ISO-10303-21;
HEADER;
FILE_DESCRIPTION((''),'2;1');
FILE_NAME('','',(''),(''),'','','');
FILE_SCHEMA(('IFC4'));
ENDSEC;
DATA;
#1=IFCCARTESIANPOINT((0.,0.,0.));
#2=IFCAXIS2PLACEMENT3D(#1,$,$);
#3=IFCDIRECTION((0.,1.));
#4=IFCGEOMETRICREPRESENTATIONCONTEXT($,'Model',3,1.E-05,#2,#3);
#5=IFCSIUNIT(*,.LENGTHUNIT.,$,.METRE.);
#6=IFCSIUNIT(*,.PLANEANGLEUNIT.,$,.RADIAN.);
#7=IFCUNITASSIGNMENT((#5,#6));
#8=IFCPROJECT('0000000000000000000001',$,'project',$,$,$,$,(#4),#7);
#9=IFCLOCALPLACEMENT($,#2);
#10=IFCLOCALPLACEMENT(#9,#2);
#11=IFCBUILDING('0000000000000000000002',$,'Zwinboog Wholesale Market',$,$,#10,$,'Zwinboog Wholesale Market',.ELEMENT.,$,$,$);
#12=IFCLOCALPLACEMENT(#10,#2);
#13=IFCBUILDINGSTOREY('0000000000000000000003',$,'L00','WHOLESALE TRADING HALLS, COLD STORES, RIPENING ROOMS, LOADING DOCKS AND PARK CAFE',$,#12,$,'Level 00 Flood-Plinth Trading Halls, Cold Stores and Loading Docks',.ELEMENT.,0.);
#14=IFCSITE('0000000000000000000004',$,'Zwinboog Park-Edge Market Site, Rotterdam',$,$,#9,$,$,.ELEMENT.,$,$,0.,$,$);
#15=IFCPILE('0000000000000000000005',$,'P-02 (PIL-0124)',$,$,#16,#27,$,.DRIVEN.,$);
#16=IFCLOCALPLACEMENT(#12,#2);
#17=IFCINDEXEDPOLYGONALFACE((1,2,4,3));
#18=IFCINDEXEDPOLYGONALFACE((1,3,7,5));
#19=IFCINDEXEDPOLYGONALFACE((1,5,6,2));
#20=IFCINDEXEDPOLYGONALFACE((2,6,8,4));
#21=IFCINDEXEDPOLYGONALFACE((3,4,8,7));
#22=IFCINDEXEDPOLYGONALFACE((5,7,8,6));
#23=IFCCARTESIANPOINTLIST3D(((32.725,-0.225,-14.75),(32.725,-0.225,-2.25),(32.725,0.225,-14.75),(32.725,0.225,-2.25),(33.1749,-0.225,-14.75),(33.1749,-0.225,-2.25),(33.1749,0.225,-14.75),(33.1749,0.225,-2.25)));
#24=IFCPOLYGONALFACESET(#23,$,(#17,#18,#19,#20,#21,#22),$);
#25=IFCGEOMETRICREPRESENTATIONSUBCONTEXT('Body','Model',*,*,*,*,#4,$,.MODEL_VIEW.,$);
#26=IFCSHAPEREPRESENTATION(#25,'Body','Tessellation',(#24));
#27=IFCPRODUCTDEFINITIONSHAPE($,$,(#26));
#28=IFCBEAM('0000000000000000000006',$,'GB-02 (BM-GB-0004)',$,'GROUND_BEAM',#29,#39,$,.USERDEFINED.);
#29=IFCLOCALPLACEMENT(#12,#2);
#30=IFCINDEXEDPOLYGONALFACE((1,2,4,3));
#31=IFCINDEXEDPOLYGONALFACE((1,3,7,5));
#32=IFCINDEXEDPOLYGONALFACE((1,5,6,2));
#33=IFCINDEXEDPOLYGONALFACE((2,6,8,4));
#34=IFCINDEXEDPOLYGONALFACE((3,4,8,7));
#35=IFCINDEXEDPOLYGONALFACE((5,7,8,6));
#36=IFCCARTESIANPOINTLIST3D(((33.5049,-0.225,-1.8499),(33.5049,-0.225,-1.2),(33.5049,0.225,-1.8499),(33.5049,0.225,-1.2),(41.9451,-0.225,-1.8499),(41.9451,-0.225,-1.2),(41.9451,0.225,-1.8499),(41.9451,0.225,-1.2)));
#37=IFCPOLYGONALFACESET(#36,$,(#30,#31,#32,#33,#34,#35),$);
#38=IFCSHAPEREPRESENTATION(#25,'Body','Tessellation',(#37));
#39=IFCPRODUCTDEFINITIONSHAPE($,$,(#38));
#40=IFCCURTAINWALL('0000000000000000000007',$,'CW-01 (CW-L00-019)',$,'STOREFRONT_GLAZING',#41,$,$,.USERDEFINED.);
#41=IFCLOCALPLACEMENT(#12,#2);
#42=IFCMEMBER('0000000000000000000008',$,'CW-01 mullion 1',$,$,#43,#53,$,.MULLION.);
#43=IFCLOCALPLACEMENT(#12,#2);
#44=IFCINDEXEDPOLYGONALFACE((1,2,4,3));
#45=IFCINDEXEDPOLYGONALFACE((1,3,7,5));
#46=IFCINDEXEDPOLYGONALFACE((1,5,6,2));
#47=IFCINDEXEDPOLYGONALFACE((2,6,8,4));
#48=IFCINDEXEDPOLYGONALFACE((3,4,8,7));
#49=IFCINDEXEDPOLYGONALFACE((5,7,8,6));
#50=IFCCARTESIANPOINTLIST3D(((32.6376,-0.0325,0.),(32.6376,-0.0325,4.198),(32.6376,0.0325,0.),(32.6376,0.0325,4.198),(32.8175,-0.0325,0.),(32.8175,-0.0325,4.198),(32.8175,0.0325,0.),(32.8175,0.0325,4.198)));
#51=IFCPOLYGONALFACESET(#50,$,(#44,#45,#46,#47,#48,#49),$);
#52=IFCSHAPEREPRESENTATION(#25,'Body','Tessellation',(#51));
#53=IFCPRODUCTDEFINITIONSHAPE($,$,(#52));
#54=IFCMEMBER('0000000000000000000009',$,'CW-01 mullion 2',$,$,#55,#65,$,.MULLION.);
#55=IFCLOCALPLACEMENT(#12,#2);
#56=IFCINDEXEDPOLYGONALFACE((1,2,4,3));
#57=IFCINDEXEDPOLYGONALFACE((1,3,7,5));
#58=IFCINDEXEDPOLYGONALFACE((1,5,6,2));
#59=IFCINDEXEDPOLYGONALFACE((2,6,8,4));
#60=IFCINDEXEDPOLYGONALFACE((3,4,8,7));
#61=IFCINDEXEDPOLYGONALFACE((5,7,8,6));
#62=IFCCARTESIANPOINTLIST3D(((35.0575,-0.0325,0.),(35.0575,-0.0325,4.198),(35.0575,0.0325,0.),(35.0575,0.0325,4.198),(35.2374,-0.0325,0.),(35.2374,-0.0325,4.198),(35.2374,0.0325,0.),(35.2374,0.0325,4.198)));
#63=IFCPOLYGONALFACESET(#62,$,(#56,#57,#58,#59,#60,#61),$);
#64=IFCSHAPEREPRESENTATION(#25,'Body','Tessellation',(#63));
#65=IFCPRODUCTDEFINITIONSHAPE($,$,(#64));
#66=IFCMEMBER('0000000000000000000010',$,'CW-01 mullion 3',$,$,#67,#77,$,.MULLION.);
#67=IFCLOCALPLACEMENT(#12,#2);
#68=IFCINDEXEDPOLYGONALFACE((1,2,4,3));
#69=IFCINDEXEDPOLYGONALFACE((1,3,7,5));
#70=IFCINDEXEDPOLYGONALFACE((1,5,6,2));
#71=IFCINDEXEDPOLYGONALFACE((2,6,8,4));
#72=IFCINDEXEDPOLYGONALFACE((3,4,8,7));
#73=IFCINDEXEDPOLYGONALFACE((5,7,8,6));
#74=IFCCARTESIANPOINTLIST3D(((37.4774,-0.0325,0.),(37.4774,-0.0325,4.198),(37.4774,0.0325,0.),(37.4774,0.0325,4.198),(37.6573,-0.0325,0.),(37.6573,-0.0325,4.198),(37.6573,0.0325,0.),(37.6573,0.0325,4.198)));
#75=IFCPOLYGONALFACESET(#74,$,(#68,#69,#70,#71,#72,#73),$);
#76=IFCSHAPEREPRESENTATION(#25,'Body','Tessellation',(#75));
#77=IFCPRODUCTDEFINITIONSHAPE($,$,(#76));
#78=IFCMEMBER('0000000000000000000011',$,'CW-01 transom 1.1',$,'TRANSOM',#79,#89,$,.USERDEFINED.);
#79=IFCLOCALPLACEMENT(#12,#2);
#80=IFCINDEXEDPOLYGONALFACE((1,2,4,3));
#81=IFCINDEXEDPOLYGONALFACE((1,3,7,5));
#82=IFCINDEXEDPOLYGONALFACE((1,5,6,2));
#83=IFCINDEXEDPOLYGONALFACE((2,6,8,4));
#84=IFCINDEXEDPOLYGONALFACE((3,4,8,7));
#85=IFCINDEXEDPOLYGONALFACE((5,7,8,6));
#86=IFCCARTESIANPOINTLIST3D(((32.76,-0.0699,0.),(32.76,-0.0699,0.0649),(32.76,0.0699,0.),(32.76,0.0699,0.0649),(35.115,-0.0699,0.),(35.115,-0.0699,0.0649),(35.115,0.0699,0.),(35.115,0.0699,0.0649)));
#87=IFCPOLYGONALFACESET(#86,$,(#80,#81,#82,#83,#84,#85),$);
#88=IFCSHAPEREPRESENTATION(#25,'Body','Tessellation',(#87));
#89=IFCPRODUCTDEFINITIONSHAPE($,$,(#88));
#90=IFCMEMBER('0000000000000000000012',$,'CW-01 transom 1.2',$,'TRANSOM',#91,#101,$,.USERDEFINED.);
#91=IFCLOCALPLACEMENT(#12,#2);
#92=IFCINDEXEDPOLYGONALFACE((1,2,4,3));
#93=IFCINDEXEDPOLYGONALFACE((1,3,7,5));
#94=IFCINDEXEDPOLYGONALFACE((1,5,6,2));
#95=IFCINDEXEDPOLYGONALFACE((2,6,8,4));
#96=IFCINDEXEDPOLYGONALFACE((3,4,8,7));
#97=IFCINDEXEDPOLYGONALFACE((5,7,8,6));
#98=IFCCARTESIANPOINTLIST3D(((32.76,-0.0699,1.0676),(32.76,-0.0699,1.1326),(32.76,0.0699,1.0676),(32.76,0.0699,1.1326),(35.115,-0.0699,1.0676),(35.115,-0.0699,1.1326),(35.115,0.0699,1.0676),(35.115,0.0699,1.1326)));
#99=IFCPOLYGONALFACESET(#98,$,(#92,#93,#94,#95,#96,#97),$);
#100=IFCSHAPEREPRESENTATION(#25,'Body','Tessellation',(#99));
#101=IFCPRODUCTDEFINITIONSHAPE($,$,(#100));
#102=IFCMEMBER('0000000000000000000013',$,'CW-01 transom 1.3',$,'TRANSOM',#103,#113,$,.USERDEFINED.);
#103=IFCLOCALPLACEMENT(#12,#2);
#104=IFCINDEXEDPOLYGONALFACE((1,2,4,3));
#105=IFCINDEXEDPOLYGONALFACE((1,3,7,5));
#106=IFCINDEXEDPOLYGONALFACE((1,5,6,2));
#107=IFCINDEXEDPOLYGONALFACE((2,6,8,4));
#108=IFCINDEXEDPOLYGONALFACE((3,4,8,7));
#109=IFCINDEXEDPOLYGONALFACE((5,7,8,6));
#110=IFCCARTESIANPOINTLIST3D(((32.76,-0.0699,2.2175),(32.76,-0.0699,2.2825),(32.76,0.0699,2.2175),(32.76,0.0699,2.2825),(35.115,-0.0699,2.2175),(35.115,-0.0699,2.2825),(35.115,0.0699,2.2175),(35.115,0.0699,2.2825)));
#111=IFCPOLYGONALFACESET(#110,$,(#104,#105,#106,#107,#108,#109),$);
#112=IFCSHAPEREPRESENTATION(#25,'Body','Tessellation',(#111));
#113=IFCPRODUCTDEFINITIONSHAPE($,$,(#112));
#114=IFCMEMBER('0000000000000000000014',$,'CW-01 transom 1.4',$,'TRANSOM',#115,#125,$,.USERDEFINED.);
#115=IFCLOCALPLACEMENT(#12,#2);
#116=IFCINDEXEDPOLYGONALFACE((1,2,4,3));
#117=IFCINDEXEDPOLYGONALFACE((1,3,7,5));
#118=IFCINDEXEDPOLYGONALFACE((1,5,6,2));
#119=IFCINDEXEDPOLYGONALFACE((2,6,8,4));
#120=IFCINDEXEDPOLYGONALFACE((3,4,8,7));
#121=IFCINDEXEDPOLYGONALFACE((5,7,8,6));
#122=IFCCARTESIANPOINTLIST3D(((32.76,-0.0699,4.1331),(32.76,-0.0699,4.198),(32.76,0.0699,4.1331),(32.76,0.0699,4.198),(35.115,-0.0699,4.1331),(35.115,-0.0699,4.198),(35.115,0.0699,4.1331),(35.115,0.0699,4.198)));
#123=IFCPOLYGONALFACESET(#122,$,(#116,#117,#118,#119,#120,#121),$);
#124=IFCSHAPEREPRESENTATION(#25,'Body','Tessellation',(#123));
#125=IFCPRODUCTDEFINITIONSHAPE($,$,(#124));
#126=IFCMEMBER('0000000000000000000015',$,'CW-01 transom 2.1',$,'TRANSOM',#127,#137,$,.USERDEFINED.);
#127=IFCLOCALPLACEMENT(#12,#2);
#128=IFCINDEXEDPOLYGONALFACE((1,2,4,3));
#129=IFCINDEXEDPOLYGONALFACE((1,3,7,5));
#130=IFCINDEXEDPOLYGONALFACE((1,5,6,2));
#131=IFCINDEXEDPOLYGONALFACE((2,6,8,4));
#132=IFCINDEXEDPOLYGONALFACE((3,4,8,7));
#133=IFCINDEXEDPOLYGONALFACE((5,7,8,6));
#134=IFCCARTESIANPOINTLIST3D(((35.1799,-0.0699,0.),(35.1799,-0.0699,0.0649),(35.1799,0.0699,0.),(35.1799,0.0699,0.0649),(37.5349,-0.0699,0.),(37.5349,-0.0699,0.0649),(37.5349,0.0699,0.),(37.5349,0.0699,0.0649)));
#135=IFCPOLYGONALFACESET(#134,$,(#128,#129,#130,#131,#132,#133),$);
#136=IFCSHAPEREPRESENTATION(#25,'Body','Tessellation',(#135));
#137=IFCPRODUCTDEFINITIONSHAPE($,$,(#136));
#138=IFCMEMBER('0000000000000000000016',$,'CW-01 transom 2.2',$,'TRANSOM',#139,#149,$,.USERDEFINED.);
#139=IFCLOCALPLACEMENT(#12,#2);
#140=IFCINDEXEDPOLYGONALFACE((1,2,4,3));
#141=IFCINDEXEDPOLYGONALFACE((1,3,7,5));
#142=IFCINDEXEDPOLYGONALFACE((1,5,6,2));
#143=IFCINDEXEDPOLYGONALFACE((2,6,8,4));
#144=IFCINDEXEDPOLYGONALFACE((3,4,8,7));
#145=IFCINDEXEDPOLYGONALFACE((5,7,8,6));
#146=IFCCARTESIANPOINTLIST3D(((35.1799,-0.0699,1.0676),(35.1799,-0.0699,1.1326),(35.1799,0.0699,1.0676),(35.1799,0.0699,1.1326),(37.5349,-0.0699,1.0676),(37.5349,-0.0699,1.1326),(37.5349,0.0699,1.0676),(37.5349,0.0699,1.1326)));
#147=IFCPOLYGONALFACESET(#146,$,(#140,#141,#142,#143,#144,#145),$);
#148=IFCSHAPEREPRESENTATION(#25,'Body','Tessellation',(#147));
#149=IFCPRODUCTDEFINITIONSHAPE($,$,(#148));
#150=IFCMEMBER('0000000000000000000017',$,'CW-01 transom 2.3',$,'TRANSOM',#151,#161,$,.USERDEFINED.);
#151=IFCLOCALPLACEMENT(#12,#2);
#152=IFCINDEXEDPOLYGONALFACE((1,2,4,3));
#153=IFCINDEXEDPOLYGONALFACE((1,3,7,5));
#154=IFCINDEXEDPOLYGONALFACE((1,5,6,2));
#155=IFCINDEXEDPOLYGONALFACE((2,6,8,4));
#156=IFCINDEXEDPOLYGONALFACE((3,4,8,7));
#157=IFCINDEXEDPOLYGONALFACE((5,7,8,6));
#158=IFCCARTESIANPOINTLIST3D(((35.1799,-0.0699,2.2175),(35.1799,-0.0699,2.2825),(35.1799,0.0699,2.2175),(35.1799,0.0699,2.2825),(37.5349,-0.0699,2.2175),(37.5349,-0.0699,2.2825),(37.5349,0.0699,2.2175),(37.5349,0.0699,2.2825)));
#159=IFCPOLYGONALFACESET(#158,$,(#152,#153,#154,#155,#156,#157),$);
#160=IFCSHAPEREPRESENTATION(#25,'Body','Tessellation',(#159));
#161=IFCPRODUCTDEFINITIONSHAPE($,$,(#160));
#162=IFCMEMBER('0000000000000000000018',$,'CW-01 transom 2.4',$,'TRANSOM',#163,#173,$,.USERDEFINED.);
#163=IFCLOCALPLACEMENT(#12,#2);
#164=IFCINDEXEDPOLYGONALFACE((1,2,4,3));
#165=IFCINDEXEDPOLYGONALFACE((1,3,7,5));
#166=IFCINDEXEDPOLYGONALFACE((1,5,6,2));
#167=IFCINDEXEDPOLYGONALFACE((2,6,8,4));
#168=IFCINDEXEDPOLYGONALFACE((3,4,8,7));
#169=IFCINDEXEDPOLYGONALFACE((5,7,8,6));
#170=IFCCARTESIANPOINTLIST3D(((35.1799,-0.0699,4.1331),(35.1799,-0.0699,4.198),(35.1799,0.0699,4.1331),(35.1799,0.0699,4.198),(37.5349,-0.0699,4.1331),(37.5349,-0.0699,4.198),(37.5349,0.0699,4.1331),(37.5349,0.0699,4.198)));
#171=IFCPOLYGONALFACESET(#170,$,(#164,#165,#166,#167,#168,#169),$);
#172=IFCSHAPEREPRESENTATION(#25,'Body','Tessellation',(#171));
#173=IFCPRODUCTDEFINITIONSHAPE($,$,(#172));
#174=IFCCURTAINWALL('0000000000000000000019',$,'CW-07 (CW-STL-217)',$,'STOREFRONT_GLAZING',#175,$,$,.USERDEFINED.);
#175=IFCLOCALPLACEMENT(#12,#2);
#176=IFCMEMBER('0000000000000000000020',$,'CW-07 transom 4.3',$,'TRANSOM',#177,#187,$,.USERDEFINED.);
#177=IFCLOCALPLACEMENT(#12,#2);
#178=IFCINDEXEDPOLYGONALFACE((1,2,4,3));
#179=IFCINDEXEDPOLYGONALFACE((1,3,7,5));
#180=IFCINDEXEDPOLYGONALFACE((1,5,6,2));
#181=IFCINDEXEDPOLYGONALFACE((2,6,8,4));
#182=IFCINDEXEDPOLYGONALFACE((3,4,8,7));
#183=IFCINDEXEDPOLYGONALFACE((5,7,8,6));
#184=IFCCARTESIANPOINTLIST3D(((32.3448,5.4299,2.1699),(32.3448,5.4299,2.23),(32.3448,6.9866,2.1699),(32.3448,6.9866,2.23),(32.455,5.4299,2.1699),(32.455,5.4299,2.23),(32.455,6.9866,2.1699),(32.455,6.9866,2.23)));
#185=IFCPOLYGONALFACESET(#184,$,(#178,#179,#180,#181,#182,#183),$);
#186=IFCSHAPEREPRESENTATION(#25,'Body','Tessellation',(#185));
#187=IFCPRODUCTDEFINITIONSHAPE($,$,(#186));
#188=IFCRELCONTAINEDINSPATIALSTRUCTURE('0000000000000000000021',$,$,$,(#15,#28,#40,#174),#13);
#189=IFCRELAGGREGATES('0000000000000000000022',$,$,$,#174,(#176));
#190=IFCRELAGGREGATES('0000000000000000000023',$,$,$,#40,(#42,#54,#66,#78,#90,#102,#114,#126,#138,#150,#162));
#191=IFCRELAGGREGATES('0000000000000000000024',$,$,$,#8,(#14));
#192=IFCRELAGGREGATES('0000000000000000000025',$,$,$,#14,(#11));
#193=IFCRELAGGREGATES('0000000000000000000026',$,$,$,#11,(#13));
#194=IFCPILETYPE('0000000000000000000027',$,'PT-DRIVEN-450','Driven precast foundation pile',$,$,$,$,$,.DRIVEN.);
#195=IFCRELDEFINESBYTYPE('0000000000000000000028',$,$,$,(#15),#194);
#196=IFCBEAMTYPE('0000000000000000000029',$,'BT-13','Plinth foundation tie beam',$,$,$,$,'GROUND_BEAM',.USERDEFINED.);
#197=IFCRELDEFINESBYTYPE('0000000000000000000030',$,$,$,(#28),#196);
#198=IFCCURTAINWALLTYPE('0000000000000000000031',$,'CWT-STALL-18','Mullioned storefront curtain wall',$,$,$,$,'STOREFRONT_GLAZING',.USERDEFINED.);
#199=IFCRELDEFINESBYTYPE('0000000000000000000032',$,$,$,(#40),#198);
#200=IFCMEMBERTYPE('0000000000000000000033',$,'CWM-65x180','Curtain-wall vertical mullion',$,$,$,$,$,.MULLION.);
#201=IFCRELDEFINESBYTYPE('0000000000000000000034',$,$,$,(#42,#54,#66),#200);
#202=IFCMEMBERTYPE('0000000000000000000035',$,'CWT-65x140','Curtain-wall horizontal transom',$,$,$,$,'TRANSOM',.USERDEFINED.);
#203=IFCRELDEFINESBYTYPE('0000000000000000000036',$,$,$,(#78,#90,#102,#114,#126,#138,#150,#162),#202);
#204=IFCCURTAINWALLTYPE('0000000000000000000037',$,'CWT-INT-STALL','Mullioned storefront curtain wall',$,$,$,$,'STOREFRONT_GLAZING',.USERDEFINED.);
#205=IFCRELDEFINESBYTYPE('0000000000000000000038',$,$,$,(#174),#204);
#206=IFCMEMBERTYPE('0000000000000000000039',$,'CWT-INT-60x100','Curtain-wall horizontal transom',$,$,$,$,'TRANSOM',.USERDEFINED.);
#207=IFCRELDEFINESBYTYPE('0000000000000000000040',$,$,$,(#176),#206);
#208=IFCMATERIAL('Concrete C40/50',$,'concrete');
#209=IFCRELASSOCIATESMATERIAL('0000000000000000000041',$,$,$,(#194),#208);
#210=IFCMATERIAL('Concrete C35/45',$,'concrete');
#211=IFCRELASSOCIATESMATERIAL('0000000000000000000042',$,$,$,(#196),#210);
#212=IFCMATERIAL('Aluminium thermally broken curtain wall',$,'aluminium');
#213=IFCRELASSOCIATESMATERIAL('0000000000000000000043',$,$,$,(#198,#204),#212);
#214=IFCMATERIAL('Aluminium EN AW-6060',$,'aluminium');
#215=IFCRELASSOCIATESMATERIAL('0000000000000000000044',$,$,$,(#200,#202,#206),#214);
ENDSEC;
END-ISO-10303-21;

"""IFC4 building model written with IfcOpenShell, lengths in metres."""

from ifc_helpers import new_model, si_unit, direction, frame, origin, origin_2d, place, context, subcontext, project, spatial, rectangle, extrude, material, material_profile, profile_set, type_object, element, aggregate, save


model = new_model("IFC4")

# Units and contexts
model_context = context("Model", 3, precision=1e-05, world=origin(), true_north=direction((0.0, 1.0)))
body_context = subcontext(model_context, "Body", "Model", "MODEL_VIEW")
ifc_project = project(units=[si_unit("LENGTHUNIT", "METRE"), si_unit("PLANEANGLEUNIT", "RADIAN")], contexts=[model_context])

# Site, building, storey
site_placement = place(None, origin())
site = spatial("IfcSite", under=ifc_project, at=site_placement, Name="Zwinboog Park-Edge Market Site, Rotterdam", CompositionType="ELEMENT", RefElevation=0.0)
building_placement = place(site_placement, origin())
building = spatial("IfcBuilding", under=site, at=building_placement, Name="Zwinboog Wholesale Market", LongName="Zwinboog Wholesale Market", CompositionType="ELEMENT")
storey_placement = place(building_placement, origin())
storey = spatial("IfcBuildingStorey", under=building, at=storey_placement, Name="L00", Description="WHOLESALE TRADING HALLS, COLD STORES, RIPENING ROOMS, LOADING DOCKS AND PARK CAFE", LongName="Level 00 Flood-Plinth Trading Halls, Cold Stores and Loading Docks", CompositionType="ELEMENT", Elevation=0.0)

# Pile
ifc_material_1 = material(Name="Concrete C40/50", Category="concrete")
ifc_material_profile_1 = material_profile(ifc_material_1, rectangle(XDim=0.45, YDim=0.45, at=origin_2d()), Name="PILE SQ450")
ifc_profile_set_1 = profile_set([ifc_material_profile_1], Name="Concrete C40/50")
pile_type = type_object("IfcPileType", Name="PT-DRIVEN-450", Description="Driven precast foundation pile", PredefinedType="DRIVEN", material=ifc_profile_set_1)
pile_placement = place(storey_placement, frame((32.95, 0.0, -2.25), z_axis=(0.0, 0.0, -1.0), x_axis=(1.0, 0.0, 0.0)))
element("IfcPile", 1, at=pile_placement, inside=storey, type_object=pile_type, Name="P-02 (PIL-0124)", PredefinedType="DRIVEN", context=body_context, shape_type="SweptSolid", body=[
    extrude(rectangle(XDim=0.45, YDim=0.45, at=origin_2d()), origin(), (0.0, 0.0, 1.0), 12.5),
])

# Beam
ifc_material_2 = material(Name="Concrete C35/45", Category="concrete")
ifc_material_profile_2 = material_profile(ifc_material_2, rectangle(XDim=0.45, YDim=0.6499, at=origin_2d()), Name="RC 450x650")
ifc_profile_set_2 = profile_set([ifc_material_profile_2], Name="Concrete C35/45")
beam_type = type_object("IfcBeamType", Name="BT-13", Description="Plinth foundation tie beam", ElementType="GROUND_BEAM", PredefinedType="USERDEFINED", material=ifc_profile_set_2)
beam_placement = place(storey_placement, frame((33.5049, 0.0, -1.5249), z_axis=(1.0, 0.0, 0.0), x_axis=(0.0, 1.0, 0.0)))
element("IfcBeam", 2, at=beam_placement, inside=storey, type_object=beam_type, Name="GB-02 (BM-GB-0004)", ObjectType="GROUND_BEAM", PredefinedType="USERDEFINED", context=body_context, shape_type="SweptSolid", body=[
    extrude(rectangle(XDim=0.45, YDim=0.6499, at=origin_2d()), origin(), (0.0, 0.0, 1.0), 8.4402),
])

# Curtain walls, members
ifc_material_3 = material(Name="Aluminium thermally broken curtain wall", Category="aluminium")
curtain_wall_type_1 = type_object("IfcCurtainWallType", Name="CWT-STALL-18", Description="Mullioned storefront curtain wall", ElementType="STOREFRONT_GLAZING", PredefinedType="USERDEFINED", material=ifc_material_3)
curtain_wall_1_placement = place(storey_placement, origin())
curtain_wall_1 = element("IfcCurtainWall", 3, at=curtain_wall_1_placement, inside=storey, type_object=curtain_wall_type_1, Name="CW-01 (CW-L00-019)", ObjectType="STOREFRONT_GLAZING", PredefinedType="USERDEFINED")
ifc_material_4 = material(Name="Aluminium EN AW-6060", Category="aluminium")
ifc_material_profile_3 = material_profile(ifc_material_4, rectangle(XDim=0.0649, YDim=0.1799, at=origin_2d()), Name="AL 65x180")
ifc_profile_set_3 = profile_set([ifc_material_profile_3], Name="Aluminium EN AW-6060")
member_type_1 = type_object("IfcMemberType", Name="CWM-65x180", Description="Curtain-wall vertical mullion", PredefinedType="MULLION", material=ifc_profile_set_3)
member_1_placement = place(storey_placement, frame((32.7275, 0.0, 0.0), z_axis=(0.0, 0.0, 1.0), x_axis=(0.0, 1.0, 0.0)))
member_1 = element("IfcMember", 4, at=member_1_placement, type_object=member_type_1, Name="CW-01 mullion 1", PredefinedType="MULLION", context=body_context, shape_type="SweptSolid", body=[
    extrude(rectangle(XDim=0.0649, YDim=0.1799, at=origin_2d()), origin(), (0.0, 0.0, 1.0), 4.198),
])
member_2_placement = place(storey_placement, frame((35.1475, 0.0, 0.0), z_axis=(0.0, 0.0, 1.0), x_axis=(0.0, 1.0, 0.0)))
member_2 = element("IfcMember", 5, at=member_2_placement, type_object=member_type_1, Name="CW-01 mullion 2", PredefinedType="MULLION", context=body_context, shape_type="SweptSolid", body=[
    extrude(rectangle(XDim=0.0649, YDim=0.1799, at=origin_2d()), origin(), (0.0, 0.0, 1.0), 4.198),
])
member_3_placement = place(storey_placement, frame((37.5674, 0.0, 0.0), z_axis=(0.0, 0.0, 1.0), x_axis=(0.0, 1.0, 0.0)))
member_3 = element("IfcMember", 6, at=member_3_placement, type_object=member_type_1, Name="CW-01 mullion 3", PredefinedType="MULLION", context=body_context, shape_type="SweptSolid", body=[
    extrude(rectangle(XDim=0.0649, YDim=0.1799, at=origin_2d()), origin(), (0.0, 0.0, 1.0), 4.198),
])
ifc_material_profile_4 = material_profile(ifc_material_4, rectangle(XDim=0.1399, YDim=0.0649, at=origin_2d()), Name="AL 65x140")
ifc_profile_set_4 = profile_set([ifc_material_profile_4], Name="Aluminium EN AW-6060")
member_type_2 = type_object("IfcMemberType", Name="CWT-65x140", Description="Curtain-wall horizontal transom", ElementType="TRANSOM", PredefinedType="USERDEFINED", material=ifc_profile_set_4)
member_4_placement = place(storey_placement, frame((32.76, 0.0, 0.0325), z_axis=(1.0, 0.0, 0.0), x_axis=(0.0, 1.0, 0.0)))
member_4 = element("IfcMember", 7, at=member_4_placement, type_object=member_type_2, Name="CW-01 transom 1.1", ObjectType="TRANSOM", PredefinedType="USERDEFINED", context=body_context, shape_type="SweptSolid", body=[
    extrude(rectangle(XDim=0.1399, YDim=0.0649, at=origin_2d()), origin(), (0.0, 0.0, 1.0), 2.355),
])
member_5_placement = place(storey_placement, frame((32.76, 0.0, 1.1001), z_axis=(1.0, 0.0, 0.0), x_axis=(0.0, 1.0, 0.0)))
member_5 = element("IfcMember", 8, at=member_5_placement, type_object=member_type_2, Name="CW-01 transom 1.2", ObjectType="TRANSOM", PredefinedType="USERDEFINED", context=body_context, shape_type="SweptSolid", body=[
    extrude(rectangle(XDim=0.1399, YDim=0.0649, at=origin_2d()), origin(), (0.0, 0.0, 1.0), 2.355),
])
member_6_placement = place(storey_placement, frame((32.76, 0.0, 2.25), z_axis=(1.0, 0.0, 0.0), x_axis=(0.0, 1.0, 0.0)))
member_6 = element("IfcMember", 9, at=member_6_placement, type_object=member_type_2, Name="CW-01 transom 1.3", ObjectType="TRANSOM", PredefinedType="USERDEFINED", context=body_context, shape_type="SweptSolid", body=[
    extrude(rectangle(XDim=0.1399, YDim=0.0649, at=origin_2d()), origin(), (0.0, 0.0, 1.0), 2.355),
])
member_7_placement = place(storey_placement, frame((32.76, 0.0, 4.1655), z_axis=(1.0, 0.0, 0.0), x_axis=(0.0, 1.0, 0.0)))
member_7 = element("IfcMember", 10, at=member_7_placement, type_object=member_type_2, Name="CW-01 transom 1.4", ObjectType="TRANSOM", PredefinedType="USERDEFINED", context=body_context, shape_type="SweptSolid", body=[
    extrude(rectangle(XDim=0.1399, YDim=0.0649, at=origin_2d()), origin(), (0.0, 0.0, 1.0), 2.355),
])
member_8_placement = place(storey_placement, frame((35.1799, 0.0, 0.0325), z_axis=(1.0, 0.0, 0.0), x_axis=(0.0, 1.0, 0.0)))
member_8 = element("IfcMember", 11, at=member_8_placement, type_object=member_type_2, Name="CW-01 transom 2.1", ObjectType="TRANSOM", PredefinedType="USERDEFINED", context=body_context, shape_type="SweptSolid", body=[
    extrude(rectangle(XDim=0.1399, YDim=0.0649, at=origin_2d()), origin(), (0.0, 0.0, 1.0), 2.355),
])
member_9_placement = place(storey_placement, frame((35.1799, 0.0, 1.1001), z_axis=(1.0, 0.0, 0.0), x_axis=(0.0, 1.0, 0.0)))
member_9 = element("IfcMember", 12, at=member_9_placement, type_object=member_type_2, Name="CW-01 transom 2.2", ObjectType="TRANSOM", PredefinedType="USERDEFINED", context=body_context, shape_type="SweptSolid", body=[
    extrude(rectangle(XDim=0.1399, YDim=0.0649, at=origin_2d()), origin(), (0.0, 0.0, 1.0), 2.355),
])
member_10_placement = place(storey_placement, frame((35.1799, 0.0, 2.25), z_axis=(1.0, 0.0, 0.0), x_axis=(0.0, 1.0, 0.0)))
member_10 = element("IfcMember", 13, at=member_10_placement, type_object=member_type_2, Name="CW-01 transom 2.3", ObjectType="TRANSOM", PredefinedType="USERDEFINED", context=body_context, shape_type="SweptSolid", body=[
    extrude(rectangle(XDim=0.1399, YDim=0.0649, at=origin_2d()), origin(), (0.0, 0.0, 1.0), 2.355),
])
member_11_placement = place(storey_placement, frame((35.1799, 0.0, 4.1655), z_axis=(1.0, 0.0, 0.0), x_axis=(0.0, 1.0, 0.0)))
member_11 = element("IfcMember", 14, at=member_11_placement, type_object=member_type_2, Name="CW-01 transom 2.4", ObjectType="TRANSOM", PredefinedType="USERDEFINED", context=body_context, shape_type="SweptSolid", body=[
    extrude(rectangle(XDim=0.1399, YDim=0.0649, at=origin_2d()), origin(), (0.0, 0.0, 1.0), 2.355),
])
curtain_wall_type_2 = type_object("IfcCurtainWallType", Name="CWT-INT-STALL", Description="Mullioned storefront curtain wall", ElementType="STOREFRONT_GLAZING", PredefinedType="USERDEFINED", material=ifc_material_3)
curtain_wall_2_placement = place(storey_placement, origin())
curtain_wall_2 = element("IfcCurtainWall", 15, at=curtain_wall_2_placement, inside=storey, type_object=curtain_wall_type_2, Name="CW-07 (CW-STL-217)", ObjectType="STOREFRONT_GLAZING", PredefinedType="USERDEFINED")
ifc_material_profile_5 = material_profile(ifc_material_4, rectangle(XDim=0.1101, YDim=0.0601, at=origin_2d()), Name="AL 60x110")
ifc_profile_set_5 = profile_set([ifc_material_profile_5], Name="Aluminium EN AW-6060")
member_type_3 = type_object("IfcMemberType", Name="CWT-INT-60x100", Description="Curtain-wall horizontal transom", ElementType="TRANSOM", PredefinedType="USERDEFINED", material=ifc_profile_set_5)
member_12_placement = place(storey_placement, frame((32.3999, 5.4299, 2.2), z_axis=(0.0, 1.0, 0.0), x_axis=(-1.0, 0.0, 0.0)))
member_12 = element("IfcMember", 16, at=member_12_placement, type_object=member_type_3, Name="CW-07 transom 4.3", ObjectType="TRANSOM", PredefinedType="USERDEFINED", context=body_context, shape_type="SweptSolid", body=[
    extrude(rectangle(XDim=0.1101, YDim=0.0601, at=origin_2d()), origin(), (0.0, 0.0, 1.0), 1.5566),
])
aggregate(curtain_wall_2, [member_12])

aggregate(curtain_wall_1, [member_1, member_2, member_3, member_4, member_5, member_6, member_7, member_8, member_9, member_10, member_11])

save(model, "model.ifc")
